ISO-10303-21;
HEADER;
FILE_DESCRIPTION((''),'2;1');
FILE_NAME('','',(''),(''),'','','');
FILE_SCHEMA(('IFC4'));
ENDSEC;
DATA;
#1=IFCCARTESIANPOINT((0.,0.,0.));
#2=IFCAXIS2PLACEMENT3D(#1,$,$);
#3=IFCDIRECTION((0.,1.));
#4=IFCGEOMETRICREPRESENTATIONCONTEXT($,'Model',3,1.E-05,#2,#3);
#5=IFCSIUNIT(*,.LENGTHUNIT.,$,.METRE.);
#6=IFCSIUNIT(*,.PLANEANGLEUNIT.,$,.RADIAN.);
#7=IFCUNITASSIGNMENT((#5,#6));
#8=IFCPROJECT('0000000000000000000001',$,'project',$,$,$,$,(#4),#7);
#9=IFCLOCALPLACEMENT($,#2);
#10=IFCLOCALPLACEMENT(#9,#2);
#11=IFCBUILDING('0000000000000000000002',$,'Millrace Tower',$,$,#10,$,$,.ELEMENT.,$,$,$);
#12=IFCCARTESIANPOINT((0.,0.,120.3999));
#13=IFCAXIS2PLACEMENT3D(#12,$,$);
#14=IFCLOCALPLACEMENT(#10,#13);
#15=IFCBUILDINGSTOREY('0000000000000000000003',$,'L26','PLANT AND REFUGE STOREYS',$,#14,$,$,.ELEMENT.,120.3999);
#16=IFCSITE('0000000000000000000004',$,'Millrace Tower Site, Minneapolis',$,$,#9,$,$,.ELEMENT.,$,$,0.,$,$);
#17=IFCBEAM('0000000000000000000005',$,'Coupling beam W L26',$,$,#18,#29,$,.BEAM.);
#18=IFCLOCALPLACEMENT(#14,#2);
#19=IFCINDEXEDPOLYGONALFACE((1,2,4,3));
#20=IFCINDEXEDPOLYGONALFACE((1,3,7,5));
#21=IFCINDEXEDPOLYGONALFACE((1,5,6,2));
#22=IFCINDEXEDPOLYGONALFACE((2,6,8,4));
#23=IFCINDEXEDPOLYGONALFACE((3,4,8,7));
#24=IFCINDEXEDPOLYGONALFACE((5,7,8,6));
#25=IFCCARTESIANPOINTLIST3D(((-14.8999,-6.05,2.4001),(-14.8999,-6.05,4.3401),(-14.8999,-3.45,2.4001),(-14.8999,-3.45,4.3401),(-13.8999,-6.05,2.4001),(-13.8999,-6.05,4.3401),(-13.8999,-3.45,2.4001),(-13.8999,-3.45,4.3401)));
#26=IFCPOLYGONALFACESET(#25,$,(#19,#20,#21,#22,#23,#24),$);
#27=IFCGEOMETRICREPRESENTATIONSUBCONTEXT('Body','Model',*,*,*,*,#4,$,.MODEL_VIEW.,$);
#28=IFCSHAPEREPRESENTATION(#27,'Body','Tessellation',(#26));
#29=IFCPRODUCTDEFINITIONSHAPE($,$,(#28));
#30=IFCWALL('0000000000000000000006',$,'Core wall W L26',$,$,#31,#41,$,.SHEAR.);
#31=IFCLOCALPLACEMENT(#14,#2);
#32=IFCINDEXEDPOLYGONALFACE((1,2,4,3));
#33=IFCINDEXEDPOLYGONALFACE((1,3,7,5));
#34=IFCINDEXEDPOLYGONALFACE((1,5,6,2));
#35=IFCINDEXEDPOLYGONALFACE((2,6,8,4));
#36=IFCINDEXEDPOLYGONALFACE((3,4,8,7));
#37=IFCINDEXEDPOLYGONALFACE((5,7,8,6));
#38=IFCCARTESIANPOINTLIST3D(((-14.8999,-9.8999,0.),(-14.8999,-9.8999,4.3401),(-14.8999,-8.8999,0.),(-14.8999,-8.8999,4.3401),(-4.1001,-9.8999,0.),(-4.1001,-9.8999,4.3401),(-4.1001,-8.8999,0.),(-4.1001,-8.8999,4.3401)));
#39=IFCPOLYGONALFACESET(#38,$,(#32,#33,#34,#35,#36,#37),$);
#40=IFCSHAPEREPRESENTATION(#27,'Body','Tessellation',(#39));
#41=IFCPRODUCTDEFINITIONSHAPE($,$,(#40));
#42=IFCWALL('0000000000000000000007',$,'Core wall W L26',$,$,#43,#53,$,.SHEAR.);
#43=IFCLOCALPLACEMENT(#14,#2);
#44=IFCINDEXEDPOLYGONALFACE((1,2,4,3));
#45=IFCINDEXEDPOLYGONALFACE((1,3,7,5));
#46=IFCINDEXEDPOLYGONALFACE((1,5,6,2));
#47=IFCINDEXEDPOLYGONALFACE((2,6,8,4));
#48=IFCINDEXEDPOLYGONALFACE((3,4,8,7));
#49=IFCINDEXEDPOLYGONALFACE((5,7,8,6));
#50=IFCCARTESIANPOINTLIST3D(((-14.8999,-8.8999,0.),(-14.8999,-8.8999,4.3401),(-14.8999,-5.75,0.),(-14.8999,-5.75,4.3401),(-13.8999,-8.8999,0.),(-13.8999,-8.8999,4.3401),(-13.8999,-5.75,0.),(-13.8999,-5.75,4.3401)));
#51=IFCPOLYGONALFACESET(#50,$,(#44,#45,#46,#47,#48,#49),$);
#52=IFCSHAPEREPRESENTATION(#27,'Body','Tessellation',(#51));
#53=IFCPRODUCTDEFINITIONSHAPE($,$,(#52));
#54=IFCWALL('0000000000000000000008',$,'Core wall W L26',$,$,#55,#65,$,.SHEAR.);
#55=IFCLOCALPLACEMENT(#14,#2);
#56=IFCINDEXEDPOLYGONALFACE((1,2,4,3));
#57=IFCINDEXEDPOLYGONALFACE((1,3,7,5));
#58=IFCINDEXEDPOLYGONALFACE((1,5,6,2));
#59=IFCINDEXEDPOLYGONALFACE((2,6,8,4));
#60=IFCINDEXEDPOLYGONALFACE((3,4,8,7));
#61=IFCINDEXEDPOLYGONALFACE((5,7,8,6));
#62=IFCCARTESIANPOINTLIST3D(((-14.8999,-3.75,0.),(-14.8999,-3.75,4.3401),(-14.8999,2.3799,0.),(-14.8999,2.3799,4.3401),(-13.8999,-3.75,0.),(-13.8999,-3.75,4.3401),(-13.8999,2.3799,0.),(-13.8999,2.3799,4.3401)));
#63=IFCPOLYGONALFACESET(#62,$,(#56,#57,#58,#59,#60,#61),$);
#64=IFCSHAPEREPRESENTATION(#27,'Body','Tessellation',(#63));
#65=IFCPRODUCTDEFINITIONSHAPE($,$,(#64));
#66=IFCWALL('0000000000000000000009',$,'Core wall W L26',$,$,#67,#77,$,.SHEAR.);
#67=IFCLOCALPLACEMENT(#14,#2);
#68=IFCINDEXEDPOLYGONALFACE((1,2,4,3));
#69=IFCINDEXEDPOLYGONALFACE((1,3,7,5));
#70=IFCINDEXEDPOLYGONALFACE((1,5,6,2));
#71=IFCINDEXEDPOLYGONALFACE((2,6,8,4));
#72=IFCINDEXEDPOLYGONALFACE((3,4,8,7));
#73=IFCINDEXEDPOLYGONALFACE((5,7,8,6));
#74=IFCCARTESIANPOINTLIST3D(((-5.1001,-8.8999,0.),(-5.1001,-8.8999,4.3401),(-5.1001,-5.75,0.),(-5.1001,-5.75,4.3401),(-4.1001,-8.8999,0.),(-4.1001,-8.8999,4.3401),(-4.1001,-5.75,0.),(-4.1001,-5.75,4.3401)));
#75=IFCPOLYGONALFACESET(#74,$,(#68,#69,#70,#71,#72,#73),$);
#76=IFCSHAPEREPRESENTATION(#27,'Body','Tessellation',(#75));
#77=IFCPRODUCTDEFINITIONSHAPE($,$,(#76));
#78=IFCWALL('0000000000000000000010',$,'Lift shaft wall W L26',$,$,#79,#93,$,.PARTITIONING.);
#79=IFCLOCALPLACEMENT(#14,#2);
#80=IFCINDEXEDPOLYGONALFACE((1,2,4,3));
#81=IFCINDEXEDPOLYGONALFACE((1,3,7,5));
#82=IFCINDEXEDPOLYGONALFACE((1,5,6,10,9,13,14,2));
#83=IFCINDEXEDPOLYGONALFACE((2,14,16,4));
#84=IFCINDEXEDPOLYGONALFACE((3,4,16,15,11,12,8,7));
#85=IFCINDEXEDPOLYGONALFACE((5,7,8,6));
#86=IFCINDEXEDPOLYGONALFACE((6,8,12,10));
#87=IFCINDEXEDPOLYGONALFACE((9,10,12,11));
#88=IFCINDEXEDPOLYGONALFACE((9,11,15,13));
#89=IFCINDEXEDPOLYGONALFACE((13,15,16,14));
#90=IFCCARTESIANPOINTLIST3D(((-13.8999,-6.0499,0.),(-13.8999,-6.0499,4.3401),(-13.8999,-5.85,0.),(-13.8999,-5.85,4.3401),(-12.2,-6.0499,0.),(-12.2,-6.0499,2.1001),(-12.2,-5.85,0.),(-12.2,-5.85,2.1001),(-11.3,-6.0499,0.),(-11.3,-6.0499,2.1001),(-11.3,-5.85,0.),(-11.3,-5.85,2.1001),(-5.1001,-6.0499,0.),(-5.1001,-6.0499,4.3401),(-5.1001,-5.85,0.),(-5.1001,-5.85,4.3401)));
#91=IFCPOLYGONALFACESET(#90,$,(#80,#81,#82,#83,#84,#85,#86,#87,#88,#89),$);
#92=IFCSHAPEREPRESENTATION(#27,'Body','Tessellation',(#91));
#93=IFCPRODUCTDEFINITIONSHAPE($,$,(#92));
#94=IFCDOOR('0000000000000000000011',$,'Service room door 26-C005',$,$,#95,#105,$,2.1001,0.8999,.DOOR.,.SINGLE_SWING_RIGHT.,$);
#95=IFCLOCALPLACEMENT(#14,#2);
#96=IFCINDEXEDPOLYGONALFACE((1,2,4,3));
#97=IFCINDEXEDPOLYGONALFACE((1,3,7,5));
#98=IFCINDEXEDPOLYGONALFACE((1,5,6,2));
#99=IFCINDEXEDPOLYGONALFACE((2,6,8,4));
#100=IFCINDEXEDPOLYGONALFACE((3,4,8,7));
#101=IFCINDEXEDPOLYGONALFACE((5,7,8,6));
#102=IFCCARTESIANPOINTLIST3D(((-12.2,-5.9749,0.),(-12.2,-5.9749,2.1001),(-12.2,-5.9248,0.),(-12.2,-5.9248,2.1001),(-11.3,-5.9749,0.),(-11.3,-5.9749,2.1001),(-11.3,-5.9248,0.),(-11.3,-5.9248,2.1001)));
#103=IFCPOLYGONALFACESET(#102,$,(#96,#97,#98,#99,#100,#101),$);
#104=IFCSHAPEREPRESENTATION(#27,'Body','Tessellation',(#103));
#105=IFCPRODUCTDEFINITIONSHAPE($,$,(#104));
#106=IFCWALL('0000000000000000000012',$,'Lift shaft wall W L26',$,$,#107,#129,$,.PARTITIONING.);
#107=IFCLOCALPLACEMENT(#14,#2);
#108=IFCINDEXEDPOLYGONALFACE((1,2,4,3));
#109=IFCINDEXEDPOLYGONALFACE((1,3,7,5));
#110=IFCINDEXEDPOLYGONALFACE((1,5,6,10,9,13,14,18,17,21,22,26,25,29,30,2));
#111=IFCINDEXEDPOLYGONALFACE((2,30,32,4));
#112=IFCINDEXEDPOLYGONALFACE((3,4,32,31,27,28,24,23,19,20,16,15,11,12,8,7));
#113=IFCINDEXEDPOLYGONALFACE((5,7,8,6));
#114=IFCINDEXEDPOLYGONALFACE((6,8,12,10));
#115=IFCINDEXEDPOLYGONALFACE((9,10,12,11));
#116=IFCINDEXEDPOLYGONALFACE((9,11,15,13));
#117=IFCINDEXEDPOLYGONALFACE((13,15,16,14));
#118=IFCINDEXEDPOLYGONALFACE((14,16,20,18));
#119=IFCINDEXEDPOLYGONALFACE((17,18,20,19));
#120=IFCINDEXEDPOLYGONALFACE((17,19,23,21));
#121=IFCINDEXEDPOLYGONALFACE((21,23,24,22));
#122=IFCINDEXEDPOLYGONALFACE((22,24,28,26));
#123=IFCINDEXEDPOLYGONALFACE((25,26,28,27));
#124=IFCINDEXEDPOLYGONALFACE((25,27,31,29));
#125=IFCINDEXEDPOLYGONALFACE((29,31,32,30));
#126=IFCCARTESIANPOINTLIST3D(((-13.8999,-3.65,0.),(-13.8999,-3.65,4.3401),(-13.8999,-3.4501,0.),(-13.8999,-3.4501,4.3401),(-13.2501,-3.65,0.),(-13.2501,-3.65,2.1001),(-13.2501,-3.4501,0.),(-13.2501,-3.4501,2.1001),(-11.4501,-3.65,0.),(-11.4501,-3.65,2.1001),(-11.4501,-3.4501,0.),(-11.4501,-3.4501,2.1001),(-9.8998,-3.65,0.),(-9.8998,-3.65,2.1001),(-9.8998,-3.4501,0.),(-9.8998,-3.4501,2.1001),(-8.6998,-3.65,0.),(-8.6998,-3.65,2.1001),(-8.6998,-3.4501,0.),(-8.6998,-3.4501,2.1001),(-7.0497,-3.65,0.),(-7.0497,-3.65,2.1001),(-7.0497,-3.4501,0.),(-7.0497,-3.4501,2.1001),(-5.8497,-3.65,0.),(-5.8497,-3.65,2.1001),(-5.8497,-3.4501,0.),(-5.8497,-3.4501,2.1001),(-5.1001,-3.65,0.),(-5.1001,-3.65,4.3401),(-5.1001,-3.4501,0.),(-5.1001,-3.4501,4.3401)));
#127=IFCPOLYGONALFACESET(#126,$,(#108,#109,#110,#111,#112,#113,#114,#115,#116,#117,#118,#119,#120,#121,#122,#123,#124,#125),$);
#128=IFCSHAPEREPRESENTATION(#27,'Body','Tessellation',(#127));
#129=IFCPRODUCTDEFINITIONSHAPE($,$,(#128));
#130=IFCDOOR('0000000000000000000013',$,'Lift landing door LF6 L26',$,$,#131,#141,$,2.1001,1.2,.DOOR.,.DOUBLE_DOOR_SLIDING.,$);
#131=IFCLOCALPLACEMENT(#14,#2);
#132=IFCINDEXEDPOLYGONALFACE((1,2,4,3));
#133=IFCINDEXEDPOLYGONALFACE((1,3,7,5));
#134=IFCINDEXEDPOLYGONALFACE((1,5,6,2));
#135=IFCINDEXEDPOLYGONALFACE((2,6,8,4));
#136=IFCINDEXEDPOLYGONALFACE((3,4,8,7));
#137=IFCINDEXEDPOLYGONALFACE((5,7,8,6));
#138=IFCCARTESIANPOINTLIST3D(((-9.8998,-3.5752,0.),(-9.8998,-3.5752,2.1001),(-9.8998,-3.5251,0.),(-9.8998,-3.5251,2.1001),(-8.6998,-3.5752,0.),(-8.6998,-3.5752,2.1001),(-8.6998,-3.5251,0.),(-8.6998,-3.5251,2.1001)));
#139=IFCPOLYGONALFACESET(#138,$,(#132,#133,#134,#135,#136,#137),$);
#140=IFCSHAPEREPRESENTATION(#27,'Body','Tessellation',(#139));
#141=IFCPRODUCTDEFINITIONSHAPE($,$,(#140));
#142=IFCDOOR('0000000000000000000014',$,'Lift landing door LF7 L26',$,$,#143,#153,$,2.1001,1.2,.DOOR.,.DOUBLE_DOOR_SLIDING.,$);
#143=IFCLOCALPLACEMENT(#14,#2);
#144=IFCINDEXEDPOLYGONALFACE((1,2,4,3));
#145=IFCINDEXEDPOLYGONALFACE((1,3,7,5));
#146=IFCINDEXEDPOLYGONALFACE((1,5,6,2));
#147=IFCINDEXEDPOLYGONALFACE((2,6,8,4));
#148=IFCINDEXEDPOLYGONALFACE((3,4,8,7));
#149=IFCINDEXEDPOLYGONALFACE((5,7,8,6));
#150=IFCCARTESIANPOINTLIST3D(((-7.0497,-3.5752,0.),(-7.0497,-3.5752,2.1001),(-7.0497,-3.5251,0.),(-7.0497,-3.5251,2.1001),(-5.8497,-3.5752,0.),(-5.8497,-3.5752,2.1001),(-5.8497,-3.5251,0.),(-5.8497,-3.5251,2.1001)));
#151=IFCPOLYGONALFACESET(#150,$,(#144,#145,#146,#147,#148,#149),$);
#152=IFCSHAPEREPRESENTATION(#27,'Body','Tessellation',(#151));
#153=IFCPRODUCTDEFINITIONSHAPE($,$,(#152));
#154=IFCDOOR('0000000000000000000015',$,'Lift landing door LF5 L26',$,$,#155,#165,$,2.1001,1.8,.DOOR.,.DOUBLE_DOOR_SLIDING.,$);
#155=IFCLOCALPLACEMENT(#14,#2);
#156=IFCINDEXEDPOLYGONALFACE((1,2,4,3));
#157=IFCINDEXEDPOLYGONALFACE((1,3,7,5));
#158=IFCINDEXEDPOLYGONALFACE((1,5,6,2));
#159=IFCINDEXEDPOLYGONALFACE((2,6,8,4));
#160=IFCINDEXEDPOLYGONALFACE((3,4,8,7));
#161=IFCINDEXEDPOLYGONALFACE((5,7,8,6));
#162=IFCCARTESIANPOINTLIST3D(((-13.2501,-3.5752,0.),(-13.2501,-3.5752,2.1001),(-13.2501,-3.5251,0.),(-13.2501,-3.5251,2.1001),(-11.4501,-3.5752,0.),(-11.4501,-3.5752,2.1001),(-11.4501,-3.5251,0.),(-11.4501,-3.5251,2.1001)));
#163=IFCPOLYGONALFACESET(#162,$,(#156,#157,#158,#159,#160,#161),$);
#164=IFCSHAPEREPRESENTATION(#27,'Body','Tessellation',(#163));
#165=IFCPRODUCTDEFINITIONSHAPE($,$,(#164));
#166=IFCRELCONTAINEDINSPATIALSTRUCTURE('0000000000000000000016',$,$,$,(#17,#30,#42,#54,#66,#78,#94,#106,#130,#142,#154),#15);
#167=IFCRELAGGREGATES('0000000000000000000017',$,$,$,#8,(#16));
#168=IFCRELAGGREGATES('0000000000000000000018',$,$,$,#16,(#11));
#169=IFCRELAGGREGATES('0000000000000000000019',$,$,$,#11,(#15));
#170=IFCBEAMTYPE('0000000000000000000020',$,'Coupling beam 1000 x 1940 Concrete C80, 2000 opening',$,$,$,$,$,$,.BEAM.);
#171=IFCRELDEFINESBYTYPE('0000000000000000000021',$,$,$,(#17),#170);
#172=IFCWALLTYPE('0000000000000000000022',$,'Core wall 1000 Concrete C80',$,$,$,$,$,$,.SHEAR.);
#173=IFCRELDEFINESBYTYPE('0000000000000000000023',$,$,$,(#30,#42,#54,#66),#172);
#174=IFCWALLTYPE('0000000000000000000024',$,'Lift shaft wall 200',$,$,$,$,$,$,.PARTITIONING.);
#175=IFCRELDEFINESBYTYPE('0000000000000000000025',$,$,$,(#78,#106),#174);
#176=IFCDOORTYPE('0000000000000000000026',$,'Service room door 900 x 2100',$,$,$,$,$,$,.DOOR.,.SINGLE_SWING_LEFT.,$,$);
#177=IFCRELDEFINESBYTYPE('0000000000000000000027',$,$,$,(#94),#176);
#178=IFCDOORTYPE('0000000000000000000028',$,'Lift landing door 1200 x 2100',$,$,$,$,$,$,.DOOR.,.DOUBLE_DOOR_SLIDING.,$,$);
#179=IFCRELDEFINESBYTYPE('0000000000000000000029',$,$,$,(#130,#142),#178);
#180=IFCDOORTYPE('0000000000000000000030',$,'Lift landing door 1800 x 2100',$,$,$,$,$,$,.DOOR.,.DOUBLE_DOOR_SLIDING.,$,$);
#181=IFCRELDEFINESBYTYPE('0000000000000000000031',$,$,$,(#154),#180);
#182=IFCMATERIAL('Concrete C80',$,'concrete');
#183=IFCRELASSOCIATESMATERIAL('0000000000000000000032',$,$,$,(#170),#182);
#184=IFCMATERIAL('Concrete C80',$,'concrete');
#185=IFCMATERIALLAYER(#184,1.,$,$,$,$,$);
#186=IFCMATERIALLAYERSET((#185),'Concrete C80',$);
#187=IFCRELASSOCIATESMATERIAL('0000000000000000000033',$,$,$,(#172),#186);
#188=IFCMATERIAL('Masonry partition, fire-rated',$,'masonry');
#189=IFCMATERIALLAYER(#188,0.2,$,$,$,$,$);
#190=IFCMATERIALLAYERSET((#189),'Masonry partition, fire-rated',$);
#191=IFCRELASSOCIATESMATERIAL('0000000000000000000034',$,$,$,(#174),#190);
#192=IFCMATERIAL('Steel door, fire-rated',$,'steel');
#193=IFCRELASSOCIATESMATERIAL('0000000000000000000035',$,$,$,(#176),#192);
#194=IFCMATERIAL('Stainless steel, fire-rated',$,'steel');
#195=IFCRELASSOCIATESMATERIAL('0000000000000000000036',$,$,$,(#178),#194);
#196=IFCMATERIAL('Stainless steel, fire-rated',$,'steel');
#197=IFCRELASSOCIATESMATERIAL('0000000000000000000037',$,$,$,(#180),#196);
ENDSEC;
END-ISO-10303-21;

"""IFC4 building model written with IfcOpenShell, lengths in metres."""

from ifc_helpers import new_model, si_unit, direction, frame, frame_2d, origin, origin_2d, place, context, subcontext, project, spatial, rectangle, extrude, material, layer, layer_set, material_profile, profile_set, type_object, element, fill, save


model = new_model("IFC4")

# Units and contexts
model_context = context("Model", 3, precision=1e-05, world=origin(), true_north=direction((0.0, 1.0)))
body_context = subcontext(model_context, "Body", "Model", "MODEL_VIEW")
ifc_project = project(units=[si_unit("LENGTHUNIT", "METRE"), si_unit("PLANEANGLEUNIT", "RADIAN")], contexts=[model_context])

# Site, building, storey
site_placement = place(None, origin())
site = spatial("IfcSite", under=ifc_project, at=site_placement, Name="Millrace Tower Site, Minneapolis", CompositionType="ELEMENT", RefElevation=0.0)
building_placement = place(site_placement, origin())
building = spatial("IfcBuilding", under=site, at=building_placement, Name="Millrace Tower", CompositionType="ELEMENT")
storey_placement = place(building_placement, frame((0.0, 0.0, 120.3999)))
storey = spatial("IfcBuildingStorey", under=building, at=storey_placement, Name="L26", Description="PLANT AND REFUGE STOREYS", CompositionType="ELEMENT", Elevation=120.3999)

# Beam
ifc_material_1 = material(Name="Concrete C80", Category="concrete")
ifc_material_profile = material_profile(ifc_material_1, rectangle(XDim=1.0, YDim=1.9399, at=origin_2d()))
ifc_profile_set = profile_set([ifc_material_profile], Name="Concrete C80")
beam_type = type_object("IfcBeamType", Name="Coupling beam 1000 x 1940 Concrete C80, 2000 opening", PredefinedType="BEAM", material=ifc_profile_set)
beam_placement = place(storey_placement, frame((-14.3999, -6.05, 3.3701), z_axis=(0.0, 1.0, 0.0), x_axis=(-1.0, 0.0, 0.0)))
element("IfcBeam", 1, at=beam_placement, inside=storey, type_object=beam_type, Name="Coupling beam W L26", PredefinedType="BEAM", context=body_context, shape_type="SweptSolid", body=[
    extrude(rectangle(XDim=1.0, YDim=1.9399, at=origin_2d()), origin(), (0.0, 0.0, 1.0), 2.6001),
])

# Walls
ifc_material_2 = material(Name="Concrete C80", Category="concrete")
ifc_layer_1 = layer(ifc_material_2, 1.0)
ifc_layer_set_1 = layer_set([ifc_layer_1], Name="Concrete C80")
wall_type_1 = type_object("IfcWallType", Name="Core wall 1000 Concrete C80", PredefinedType="SHEAR", material=ifc_layer_set_1)
wall_1_placement = place(storey_placement, frame((-14.8999, -9.3999, 0.0), z_axis=(0.0, 0.0, 1.0), x_axis=(1.0, 0.0, 0.0)))
element("IfcWall", 2, at=wall_1_placement, inside=storey, type_object=wall_type_1, Name="Core wall W L26", PredefinedType="SHEAR", context=body_context, shape_type="SweptSolid", body=[
    extrude(rectangle(XDim=10.7998, YDim=1.0, at=frame_2d((5.3999, 0.0))), origin(), (0.0, 0.0, 1.0), 4.3401),
])
wall_2_placement = place(storey_placement, frame((-14.3999, -8.8999, 0.0), z_axis=(0.0, 0.0, 1.0), x_axis=(0.0, 1.0, 0.0)))
element("IfcWall", 3, at=wall_2_placement, inside=storey, type_object=wall_type_1, Name="Core wall W L26", PredefinedType="SHEAR", context=body_context, shape_type="SweptSolid", body=[
    extrude(rectangle(XDim=3.1499, YDim=1.0, at=frame_2d((1.575, 0.0))), origin(), (0.0, 0.0, 1.0), 4.3401),
])
wall_3_placement = place(storey_placement, frame((-14.3999, -3.75, 0.0), z_axis=(0.0, 0.0, 1.0), x_axis=(0.0, 1.0, 0.0)))
element("IfcWall", 4, at=wall_3_placement, inside=storey, type_object=wall_type_1, Name="Core wall W L26", PredefinedType="SHEAR", context=body_context, shape_type="SweptSolid", body=[
    extrude(rectangle(XDim=6.1299, YDim=1.0, at=frame_2d((3.0649, 0.0))), origin(), (0.0, 0.0, 1.0), 4.3401),
])
wall_4_placement = place(storey_placement, frame((-4.6001, -8.8999, 0.0), z_axis=(0.0, 0.0, 1.0), x_axis=(0.0, 1.0, 0.0)))
element("IfcWall", 5, at=wall_4_placement, inside=storey, type_object=wall_type_1, Name="Core wall W L26", PredefinedType="SHEAR", context=body_context, shape_type="SweptSolid", body=[
    extrude(rectangle(XDim=3.1499, YDim=1.0, at=frame_2d((1.575, 0.0))), origin(), (0.0, 0.0, 1.0), 4.3401),
])

# Wall, opening, door
ifc_material_3 = material(Name="Masonry partition, fire-rated", Category="masonry")
ifc_layer_2 = layer(ifc_material_3, 0.2)
ifc_layer_set_2 = layer_set([ifc_layer_2], Name="Masonry partition, fire-rated")
wall_type_2 = type_object("IfcWallType", Name="Lift shaft wall 200", PredefinedType="PARTITIONING", material=ifc_layer_set_2)
wall_5_placement = place(storey_placement, frame((-13.8999, -5.95, 0.0), z_axis=(0.0, 0.0, 1.0), x_axis=(1.0, 0.0, 0.0)))
wall_5 = element("IfcWall", 6, at=wall_5_placement, inside=storey, type_object=wall_type_2, Name="Lift shaft wall W L26", PredefinedType="PARTITIONING", context=body_context, shape_type="SweptSolid", body=[
    extrude(rectangle(XDim=8.7998, YDim=0.2, at=frame_2d((4.3999, 0.0))), origin(), (0.0, 0.0, 1.0), 4.3401),
])
opening_1_placement = place(wall_5_placement, frame((1.7, 0.0, 0.0)))
opening_1 = element("IfcOpeningElement", 7, at=opening_1_placement, cuts=wall_5, PredefinedType="OPENING", context=body_context, shape_type="SweptSolid", body=[
    extrude(rectangle(XDim=0.8999, YDim=2.1001, at=frame_2d((0.45, 1.05))), frame((0.0, 0.1099, 0.0), z_axis=(0.0, -1.0, 0.0), x_axis=(1.0, 0.0, 0.0)), (0.0, 0.0, 1.0), 0.22),
])
ifc_material_4 = material(Name="Steel door, fire-rated", Category="steel")
door_type_1 = type_object("IfcDoorType", Name="Service room door 900 x 2100", OperationType="SINGLE_SWING_LEFT", PredefinedType="DOOR", material=ifc_material_4)
door_1_placement = place(opening_1_placement, frame((0.8999, 0.0, 0.0), z_axis=(0.0, 0.0, 1.0), x_axis=(-1.0, 0.0, 0.0)))
door_1 = element("IfcDoor", 8, at=door_1_placement, inside=storey, type_object=door_type_1, Name="Service room door 26-C005", OperationType="SINGLE_SWING_RIGHT", OverallHeight=2.1001, OverallWidth=0.8999, PredefinedType="DOOR", context=body_context, shape_type="SweptSolid", body=[
    extrude(rectangle(XDim=0.8999, YDim=2.1001, at=frame_2d((0.45, 1.05))), frame((0.0, 0.0249, 0.0), z_axis=(0.0, -1.0, 0.0), x_axis=(1.0, 0.0, 0.0)), (0.0, 0.0, 1.0), 0.05),
])
fill(opening_1, door_1)

# Wall, openings, doors
wall_6_placement = place(storey_placement, frame((-13.8999, -3.55, 0.0), z_axis=(0.0, 0.0, 1.0), x_axis=(1.0, 0.0, 0.0)))
wall_6 = element("IfcWall", 9, at=wall_6_placement, inside=storey, type_object=wall_type_2, Name="Lift shaft wall W L26", PredefinedType="PARTITIONING", context=body_context, shape_type="SweptSolid", body=[
    extrude(rectangle(XDim=8.7998, YDim=0.2, at=frame_2d((4.3999, 0.0))), origin(), (0.0, 0.0, 1.0), 4.3401),
])
opening_2_placement = place(wall_6_placement, frame((0.6499, 0.0, 0.0)))
opening_2 = element("IfcOpeningElement", 10, at=opening_2_placement, cuts=wall_6, PredefinedType="OPENING", context=body_context, shape_type="SweptSolid", body=[
    extrude(rectangle(XDim=1.8, YDim=2.1001, at=frame_2d((0.8999, 1.05))), frame((0.0, 0.1099, 0.0), z_axis=(0.0, -1.0, 0.0), x_axis=(1.0, 0.0, 0.0)), (0.0, 0.0, 1.0), 0.22),
])
opening_3_placement = place(wall_6_placement, frame((4.0, 0.0, 0.0)))
opening_3 = element("IfcOpeningElement", 11, at=opening_3_placement, cuts=wall_6, PredefinedType="OPENING", context=body_context, shape_type="SweptSolid", body=[
    extrude(rectangle(XDim=1.2, YDim=2.1001, at=frame_2d((0.6001, 1.05))), frame((0.0, 0.1099, 0.0), z_axis=(0.0, -1.0, 0.0), x_axis=(1.0, 0.0, 0.0)), (0.0, 0.0, 1.0), 0.22),
])
opening_4_placement = place(wall_6_placement, frame((6.8501, 0.0, 0.0)))
opening_4 = element("IfcOpeningElement", 12, at=opening_4_placement, cuts=wall_6, PredefinedType="OPENING", context=body_context, shape_type="SweptSolid", body=[
    extrude(rectangle(XDim=1.2, YDim=2.1001, at=frame_2d((0.6001, 1.05))), frame((0.0, 0.1099, 0.0), z_axis=(0.0, -1.0, 0.0), x_axis=(1.0, 0.0, 0.0)), (0.0, 0.0, 1.0), 0.22),
])
ifc_material_5 = material(Name="Stainless steel, fire-rated", Category="steel")
door_type_2 = type_object("IfcDoorType", Name="Lift landing door 1200 x 2100", OperationType="DOUBLE_DOOR_SLIDING", PredefinedType="DOOR", material=ifc_material_5)
door_2_placement = place(opening_3_placement, origin())
door_2 = element("IfcDoor", 13, at=door_2_placement, inside=storey, type_object=door_type_2, Name="Lift landing door LF6 L26", OperationType="DOUBLE_DOOR_SLIDING", OverallHeight=2.1001, OverallWidth=1.2, PredefinedType="DOOR", context=body_context, shape_type="SweptSolid", body=[
    extrude(rectangle(XDim=1.2, YDim=2.1001, at=frame_2d((0.6001, 1.05))), frame((0.0, 0.0249, 0.0), z_axis=(0.0, -1.0, 0.0), x_axis=(1.0, 0.0, 0.0)), (0.0, 0.0, 1.0), 0.05),
])
fill(opening_3, door_2)
door_3_placement = place(opening_4_placement, origin())
door_3 = element("IfcDoor", 14, at=door_3_placement, inside=storey, type_object=door_type_2, Name="Lift landing door LF7 L26", OperationType="DOUBLE_DOOR_SLIDING", OverallHeight=2.1001, OverallWidth=1.2, PredefinedType="DOOR", context=body_context, shape_type="SweptSolid", body=[
    extrude(rectangle(XDim=1.2, YDim=2.1001, at=frame_2d((0.6001, 1.05))), frame((0.0, 0.0249, 0.0), z_axis=(0.0, -1.0, 0.0), x_axis=(1.0, 0.0, 0.0)), (0.0, 0.0, 1.0), 0.05),
])
fill(opening_4, door_3)
ifc_material_6 = material(Name="Stainless steel, fire-rated", Category="steel")
door_type_3 = type_object("IfcDoorType", Name="Lift landing door 1800 x 2100", OperationType="DOUBLE_DOOR_SLIDING", PredefinedType="DOOR", material=ifc_material_6)
door_4_placement = place(opening_2_placement, origin())
door_4 = element("IfcDoor", 15, at=door_4_placement, inside=storey, type_object=door_type_3, Name="Lift landing door LF5 L26", OperationType="DOUBLE_DOOR_SLIDING", OverallHeight=2.1001, OverallWidth=1.8, PredefinedType="DOOR", context=body_context, shape_type="SweptSolid", body=[
    extrude(rectangle(XDim=1.8, YDim=2.1001, at=frame_2d((0.8999, 1.05))), frame((0.0, 0.0249, 0.0), z_axis=(0.0, -1.0, 0.0), x_axis=(1.0, 0.0, 0.0)), (0.0, 0.0, 1.0), 0.05),
])
fill(opening_2, door_4)

save(model, "model.ifc")
